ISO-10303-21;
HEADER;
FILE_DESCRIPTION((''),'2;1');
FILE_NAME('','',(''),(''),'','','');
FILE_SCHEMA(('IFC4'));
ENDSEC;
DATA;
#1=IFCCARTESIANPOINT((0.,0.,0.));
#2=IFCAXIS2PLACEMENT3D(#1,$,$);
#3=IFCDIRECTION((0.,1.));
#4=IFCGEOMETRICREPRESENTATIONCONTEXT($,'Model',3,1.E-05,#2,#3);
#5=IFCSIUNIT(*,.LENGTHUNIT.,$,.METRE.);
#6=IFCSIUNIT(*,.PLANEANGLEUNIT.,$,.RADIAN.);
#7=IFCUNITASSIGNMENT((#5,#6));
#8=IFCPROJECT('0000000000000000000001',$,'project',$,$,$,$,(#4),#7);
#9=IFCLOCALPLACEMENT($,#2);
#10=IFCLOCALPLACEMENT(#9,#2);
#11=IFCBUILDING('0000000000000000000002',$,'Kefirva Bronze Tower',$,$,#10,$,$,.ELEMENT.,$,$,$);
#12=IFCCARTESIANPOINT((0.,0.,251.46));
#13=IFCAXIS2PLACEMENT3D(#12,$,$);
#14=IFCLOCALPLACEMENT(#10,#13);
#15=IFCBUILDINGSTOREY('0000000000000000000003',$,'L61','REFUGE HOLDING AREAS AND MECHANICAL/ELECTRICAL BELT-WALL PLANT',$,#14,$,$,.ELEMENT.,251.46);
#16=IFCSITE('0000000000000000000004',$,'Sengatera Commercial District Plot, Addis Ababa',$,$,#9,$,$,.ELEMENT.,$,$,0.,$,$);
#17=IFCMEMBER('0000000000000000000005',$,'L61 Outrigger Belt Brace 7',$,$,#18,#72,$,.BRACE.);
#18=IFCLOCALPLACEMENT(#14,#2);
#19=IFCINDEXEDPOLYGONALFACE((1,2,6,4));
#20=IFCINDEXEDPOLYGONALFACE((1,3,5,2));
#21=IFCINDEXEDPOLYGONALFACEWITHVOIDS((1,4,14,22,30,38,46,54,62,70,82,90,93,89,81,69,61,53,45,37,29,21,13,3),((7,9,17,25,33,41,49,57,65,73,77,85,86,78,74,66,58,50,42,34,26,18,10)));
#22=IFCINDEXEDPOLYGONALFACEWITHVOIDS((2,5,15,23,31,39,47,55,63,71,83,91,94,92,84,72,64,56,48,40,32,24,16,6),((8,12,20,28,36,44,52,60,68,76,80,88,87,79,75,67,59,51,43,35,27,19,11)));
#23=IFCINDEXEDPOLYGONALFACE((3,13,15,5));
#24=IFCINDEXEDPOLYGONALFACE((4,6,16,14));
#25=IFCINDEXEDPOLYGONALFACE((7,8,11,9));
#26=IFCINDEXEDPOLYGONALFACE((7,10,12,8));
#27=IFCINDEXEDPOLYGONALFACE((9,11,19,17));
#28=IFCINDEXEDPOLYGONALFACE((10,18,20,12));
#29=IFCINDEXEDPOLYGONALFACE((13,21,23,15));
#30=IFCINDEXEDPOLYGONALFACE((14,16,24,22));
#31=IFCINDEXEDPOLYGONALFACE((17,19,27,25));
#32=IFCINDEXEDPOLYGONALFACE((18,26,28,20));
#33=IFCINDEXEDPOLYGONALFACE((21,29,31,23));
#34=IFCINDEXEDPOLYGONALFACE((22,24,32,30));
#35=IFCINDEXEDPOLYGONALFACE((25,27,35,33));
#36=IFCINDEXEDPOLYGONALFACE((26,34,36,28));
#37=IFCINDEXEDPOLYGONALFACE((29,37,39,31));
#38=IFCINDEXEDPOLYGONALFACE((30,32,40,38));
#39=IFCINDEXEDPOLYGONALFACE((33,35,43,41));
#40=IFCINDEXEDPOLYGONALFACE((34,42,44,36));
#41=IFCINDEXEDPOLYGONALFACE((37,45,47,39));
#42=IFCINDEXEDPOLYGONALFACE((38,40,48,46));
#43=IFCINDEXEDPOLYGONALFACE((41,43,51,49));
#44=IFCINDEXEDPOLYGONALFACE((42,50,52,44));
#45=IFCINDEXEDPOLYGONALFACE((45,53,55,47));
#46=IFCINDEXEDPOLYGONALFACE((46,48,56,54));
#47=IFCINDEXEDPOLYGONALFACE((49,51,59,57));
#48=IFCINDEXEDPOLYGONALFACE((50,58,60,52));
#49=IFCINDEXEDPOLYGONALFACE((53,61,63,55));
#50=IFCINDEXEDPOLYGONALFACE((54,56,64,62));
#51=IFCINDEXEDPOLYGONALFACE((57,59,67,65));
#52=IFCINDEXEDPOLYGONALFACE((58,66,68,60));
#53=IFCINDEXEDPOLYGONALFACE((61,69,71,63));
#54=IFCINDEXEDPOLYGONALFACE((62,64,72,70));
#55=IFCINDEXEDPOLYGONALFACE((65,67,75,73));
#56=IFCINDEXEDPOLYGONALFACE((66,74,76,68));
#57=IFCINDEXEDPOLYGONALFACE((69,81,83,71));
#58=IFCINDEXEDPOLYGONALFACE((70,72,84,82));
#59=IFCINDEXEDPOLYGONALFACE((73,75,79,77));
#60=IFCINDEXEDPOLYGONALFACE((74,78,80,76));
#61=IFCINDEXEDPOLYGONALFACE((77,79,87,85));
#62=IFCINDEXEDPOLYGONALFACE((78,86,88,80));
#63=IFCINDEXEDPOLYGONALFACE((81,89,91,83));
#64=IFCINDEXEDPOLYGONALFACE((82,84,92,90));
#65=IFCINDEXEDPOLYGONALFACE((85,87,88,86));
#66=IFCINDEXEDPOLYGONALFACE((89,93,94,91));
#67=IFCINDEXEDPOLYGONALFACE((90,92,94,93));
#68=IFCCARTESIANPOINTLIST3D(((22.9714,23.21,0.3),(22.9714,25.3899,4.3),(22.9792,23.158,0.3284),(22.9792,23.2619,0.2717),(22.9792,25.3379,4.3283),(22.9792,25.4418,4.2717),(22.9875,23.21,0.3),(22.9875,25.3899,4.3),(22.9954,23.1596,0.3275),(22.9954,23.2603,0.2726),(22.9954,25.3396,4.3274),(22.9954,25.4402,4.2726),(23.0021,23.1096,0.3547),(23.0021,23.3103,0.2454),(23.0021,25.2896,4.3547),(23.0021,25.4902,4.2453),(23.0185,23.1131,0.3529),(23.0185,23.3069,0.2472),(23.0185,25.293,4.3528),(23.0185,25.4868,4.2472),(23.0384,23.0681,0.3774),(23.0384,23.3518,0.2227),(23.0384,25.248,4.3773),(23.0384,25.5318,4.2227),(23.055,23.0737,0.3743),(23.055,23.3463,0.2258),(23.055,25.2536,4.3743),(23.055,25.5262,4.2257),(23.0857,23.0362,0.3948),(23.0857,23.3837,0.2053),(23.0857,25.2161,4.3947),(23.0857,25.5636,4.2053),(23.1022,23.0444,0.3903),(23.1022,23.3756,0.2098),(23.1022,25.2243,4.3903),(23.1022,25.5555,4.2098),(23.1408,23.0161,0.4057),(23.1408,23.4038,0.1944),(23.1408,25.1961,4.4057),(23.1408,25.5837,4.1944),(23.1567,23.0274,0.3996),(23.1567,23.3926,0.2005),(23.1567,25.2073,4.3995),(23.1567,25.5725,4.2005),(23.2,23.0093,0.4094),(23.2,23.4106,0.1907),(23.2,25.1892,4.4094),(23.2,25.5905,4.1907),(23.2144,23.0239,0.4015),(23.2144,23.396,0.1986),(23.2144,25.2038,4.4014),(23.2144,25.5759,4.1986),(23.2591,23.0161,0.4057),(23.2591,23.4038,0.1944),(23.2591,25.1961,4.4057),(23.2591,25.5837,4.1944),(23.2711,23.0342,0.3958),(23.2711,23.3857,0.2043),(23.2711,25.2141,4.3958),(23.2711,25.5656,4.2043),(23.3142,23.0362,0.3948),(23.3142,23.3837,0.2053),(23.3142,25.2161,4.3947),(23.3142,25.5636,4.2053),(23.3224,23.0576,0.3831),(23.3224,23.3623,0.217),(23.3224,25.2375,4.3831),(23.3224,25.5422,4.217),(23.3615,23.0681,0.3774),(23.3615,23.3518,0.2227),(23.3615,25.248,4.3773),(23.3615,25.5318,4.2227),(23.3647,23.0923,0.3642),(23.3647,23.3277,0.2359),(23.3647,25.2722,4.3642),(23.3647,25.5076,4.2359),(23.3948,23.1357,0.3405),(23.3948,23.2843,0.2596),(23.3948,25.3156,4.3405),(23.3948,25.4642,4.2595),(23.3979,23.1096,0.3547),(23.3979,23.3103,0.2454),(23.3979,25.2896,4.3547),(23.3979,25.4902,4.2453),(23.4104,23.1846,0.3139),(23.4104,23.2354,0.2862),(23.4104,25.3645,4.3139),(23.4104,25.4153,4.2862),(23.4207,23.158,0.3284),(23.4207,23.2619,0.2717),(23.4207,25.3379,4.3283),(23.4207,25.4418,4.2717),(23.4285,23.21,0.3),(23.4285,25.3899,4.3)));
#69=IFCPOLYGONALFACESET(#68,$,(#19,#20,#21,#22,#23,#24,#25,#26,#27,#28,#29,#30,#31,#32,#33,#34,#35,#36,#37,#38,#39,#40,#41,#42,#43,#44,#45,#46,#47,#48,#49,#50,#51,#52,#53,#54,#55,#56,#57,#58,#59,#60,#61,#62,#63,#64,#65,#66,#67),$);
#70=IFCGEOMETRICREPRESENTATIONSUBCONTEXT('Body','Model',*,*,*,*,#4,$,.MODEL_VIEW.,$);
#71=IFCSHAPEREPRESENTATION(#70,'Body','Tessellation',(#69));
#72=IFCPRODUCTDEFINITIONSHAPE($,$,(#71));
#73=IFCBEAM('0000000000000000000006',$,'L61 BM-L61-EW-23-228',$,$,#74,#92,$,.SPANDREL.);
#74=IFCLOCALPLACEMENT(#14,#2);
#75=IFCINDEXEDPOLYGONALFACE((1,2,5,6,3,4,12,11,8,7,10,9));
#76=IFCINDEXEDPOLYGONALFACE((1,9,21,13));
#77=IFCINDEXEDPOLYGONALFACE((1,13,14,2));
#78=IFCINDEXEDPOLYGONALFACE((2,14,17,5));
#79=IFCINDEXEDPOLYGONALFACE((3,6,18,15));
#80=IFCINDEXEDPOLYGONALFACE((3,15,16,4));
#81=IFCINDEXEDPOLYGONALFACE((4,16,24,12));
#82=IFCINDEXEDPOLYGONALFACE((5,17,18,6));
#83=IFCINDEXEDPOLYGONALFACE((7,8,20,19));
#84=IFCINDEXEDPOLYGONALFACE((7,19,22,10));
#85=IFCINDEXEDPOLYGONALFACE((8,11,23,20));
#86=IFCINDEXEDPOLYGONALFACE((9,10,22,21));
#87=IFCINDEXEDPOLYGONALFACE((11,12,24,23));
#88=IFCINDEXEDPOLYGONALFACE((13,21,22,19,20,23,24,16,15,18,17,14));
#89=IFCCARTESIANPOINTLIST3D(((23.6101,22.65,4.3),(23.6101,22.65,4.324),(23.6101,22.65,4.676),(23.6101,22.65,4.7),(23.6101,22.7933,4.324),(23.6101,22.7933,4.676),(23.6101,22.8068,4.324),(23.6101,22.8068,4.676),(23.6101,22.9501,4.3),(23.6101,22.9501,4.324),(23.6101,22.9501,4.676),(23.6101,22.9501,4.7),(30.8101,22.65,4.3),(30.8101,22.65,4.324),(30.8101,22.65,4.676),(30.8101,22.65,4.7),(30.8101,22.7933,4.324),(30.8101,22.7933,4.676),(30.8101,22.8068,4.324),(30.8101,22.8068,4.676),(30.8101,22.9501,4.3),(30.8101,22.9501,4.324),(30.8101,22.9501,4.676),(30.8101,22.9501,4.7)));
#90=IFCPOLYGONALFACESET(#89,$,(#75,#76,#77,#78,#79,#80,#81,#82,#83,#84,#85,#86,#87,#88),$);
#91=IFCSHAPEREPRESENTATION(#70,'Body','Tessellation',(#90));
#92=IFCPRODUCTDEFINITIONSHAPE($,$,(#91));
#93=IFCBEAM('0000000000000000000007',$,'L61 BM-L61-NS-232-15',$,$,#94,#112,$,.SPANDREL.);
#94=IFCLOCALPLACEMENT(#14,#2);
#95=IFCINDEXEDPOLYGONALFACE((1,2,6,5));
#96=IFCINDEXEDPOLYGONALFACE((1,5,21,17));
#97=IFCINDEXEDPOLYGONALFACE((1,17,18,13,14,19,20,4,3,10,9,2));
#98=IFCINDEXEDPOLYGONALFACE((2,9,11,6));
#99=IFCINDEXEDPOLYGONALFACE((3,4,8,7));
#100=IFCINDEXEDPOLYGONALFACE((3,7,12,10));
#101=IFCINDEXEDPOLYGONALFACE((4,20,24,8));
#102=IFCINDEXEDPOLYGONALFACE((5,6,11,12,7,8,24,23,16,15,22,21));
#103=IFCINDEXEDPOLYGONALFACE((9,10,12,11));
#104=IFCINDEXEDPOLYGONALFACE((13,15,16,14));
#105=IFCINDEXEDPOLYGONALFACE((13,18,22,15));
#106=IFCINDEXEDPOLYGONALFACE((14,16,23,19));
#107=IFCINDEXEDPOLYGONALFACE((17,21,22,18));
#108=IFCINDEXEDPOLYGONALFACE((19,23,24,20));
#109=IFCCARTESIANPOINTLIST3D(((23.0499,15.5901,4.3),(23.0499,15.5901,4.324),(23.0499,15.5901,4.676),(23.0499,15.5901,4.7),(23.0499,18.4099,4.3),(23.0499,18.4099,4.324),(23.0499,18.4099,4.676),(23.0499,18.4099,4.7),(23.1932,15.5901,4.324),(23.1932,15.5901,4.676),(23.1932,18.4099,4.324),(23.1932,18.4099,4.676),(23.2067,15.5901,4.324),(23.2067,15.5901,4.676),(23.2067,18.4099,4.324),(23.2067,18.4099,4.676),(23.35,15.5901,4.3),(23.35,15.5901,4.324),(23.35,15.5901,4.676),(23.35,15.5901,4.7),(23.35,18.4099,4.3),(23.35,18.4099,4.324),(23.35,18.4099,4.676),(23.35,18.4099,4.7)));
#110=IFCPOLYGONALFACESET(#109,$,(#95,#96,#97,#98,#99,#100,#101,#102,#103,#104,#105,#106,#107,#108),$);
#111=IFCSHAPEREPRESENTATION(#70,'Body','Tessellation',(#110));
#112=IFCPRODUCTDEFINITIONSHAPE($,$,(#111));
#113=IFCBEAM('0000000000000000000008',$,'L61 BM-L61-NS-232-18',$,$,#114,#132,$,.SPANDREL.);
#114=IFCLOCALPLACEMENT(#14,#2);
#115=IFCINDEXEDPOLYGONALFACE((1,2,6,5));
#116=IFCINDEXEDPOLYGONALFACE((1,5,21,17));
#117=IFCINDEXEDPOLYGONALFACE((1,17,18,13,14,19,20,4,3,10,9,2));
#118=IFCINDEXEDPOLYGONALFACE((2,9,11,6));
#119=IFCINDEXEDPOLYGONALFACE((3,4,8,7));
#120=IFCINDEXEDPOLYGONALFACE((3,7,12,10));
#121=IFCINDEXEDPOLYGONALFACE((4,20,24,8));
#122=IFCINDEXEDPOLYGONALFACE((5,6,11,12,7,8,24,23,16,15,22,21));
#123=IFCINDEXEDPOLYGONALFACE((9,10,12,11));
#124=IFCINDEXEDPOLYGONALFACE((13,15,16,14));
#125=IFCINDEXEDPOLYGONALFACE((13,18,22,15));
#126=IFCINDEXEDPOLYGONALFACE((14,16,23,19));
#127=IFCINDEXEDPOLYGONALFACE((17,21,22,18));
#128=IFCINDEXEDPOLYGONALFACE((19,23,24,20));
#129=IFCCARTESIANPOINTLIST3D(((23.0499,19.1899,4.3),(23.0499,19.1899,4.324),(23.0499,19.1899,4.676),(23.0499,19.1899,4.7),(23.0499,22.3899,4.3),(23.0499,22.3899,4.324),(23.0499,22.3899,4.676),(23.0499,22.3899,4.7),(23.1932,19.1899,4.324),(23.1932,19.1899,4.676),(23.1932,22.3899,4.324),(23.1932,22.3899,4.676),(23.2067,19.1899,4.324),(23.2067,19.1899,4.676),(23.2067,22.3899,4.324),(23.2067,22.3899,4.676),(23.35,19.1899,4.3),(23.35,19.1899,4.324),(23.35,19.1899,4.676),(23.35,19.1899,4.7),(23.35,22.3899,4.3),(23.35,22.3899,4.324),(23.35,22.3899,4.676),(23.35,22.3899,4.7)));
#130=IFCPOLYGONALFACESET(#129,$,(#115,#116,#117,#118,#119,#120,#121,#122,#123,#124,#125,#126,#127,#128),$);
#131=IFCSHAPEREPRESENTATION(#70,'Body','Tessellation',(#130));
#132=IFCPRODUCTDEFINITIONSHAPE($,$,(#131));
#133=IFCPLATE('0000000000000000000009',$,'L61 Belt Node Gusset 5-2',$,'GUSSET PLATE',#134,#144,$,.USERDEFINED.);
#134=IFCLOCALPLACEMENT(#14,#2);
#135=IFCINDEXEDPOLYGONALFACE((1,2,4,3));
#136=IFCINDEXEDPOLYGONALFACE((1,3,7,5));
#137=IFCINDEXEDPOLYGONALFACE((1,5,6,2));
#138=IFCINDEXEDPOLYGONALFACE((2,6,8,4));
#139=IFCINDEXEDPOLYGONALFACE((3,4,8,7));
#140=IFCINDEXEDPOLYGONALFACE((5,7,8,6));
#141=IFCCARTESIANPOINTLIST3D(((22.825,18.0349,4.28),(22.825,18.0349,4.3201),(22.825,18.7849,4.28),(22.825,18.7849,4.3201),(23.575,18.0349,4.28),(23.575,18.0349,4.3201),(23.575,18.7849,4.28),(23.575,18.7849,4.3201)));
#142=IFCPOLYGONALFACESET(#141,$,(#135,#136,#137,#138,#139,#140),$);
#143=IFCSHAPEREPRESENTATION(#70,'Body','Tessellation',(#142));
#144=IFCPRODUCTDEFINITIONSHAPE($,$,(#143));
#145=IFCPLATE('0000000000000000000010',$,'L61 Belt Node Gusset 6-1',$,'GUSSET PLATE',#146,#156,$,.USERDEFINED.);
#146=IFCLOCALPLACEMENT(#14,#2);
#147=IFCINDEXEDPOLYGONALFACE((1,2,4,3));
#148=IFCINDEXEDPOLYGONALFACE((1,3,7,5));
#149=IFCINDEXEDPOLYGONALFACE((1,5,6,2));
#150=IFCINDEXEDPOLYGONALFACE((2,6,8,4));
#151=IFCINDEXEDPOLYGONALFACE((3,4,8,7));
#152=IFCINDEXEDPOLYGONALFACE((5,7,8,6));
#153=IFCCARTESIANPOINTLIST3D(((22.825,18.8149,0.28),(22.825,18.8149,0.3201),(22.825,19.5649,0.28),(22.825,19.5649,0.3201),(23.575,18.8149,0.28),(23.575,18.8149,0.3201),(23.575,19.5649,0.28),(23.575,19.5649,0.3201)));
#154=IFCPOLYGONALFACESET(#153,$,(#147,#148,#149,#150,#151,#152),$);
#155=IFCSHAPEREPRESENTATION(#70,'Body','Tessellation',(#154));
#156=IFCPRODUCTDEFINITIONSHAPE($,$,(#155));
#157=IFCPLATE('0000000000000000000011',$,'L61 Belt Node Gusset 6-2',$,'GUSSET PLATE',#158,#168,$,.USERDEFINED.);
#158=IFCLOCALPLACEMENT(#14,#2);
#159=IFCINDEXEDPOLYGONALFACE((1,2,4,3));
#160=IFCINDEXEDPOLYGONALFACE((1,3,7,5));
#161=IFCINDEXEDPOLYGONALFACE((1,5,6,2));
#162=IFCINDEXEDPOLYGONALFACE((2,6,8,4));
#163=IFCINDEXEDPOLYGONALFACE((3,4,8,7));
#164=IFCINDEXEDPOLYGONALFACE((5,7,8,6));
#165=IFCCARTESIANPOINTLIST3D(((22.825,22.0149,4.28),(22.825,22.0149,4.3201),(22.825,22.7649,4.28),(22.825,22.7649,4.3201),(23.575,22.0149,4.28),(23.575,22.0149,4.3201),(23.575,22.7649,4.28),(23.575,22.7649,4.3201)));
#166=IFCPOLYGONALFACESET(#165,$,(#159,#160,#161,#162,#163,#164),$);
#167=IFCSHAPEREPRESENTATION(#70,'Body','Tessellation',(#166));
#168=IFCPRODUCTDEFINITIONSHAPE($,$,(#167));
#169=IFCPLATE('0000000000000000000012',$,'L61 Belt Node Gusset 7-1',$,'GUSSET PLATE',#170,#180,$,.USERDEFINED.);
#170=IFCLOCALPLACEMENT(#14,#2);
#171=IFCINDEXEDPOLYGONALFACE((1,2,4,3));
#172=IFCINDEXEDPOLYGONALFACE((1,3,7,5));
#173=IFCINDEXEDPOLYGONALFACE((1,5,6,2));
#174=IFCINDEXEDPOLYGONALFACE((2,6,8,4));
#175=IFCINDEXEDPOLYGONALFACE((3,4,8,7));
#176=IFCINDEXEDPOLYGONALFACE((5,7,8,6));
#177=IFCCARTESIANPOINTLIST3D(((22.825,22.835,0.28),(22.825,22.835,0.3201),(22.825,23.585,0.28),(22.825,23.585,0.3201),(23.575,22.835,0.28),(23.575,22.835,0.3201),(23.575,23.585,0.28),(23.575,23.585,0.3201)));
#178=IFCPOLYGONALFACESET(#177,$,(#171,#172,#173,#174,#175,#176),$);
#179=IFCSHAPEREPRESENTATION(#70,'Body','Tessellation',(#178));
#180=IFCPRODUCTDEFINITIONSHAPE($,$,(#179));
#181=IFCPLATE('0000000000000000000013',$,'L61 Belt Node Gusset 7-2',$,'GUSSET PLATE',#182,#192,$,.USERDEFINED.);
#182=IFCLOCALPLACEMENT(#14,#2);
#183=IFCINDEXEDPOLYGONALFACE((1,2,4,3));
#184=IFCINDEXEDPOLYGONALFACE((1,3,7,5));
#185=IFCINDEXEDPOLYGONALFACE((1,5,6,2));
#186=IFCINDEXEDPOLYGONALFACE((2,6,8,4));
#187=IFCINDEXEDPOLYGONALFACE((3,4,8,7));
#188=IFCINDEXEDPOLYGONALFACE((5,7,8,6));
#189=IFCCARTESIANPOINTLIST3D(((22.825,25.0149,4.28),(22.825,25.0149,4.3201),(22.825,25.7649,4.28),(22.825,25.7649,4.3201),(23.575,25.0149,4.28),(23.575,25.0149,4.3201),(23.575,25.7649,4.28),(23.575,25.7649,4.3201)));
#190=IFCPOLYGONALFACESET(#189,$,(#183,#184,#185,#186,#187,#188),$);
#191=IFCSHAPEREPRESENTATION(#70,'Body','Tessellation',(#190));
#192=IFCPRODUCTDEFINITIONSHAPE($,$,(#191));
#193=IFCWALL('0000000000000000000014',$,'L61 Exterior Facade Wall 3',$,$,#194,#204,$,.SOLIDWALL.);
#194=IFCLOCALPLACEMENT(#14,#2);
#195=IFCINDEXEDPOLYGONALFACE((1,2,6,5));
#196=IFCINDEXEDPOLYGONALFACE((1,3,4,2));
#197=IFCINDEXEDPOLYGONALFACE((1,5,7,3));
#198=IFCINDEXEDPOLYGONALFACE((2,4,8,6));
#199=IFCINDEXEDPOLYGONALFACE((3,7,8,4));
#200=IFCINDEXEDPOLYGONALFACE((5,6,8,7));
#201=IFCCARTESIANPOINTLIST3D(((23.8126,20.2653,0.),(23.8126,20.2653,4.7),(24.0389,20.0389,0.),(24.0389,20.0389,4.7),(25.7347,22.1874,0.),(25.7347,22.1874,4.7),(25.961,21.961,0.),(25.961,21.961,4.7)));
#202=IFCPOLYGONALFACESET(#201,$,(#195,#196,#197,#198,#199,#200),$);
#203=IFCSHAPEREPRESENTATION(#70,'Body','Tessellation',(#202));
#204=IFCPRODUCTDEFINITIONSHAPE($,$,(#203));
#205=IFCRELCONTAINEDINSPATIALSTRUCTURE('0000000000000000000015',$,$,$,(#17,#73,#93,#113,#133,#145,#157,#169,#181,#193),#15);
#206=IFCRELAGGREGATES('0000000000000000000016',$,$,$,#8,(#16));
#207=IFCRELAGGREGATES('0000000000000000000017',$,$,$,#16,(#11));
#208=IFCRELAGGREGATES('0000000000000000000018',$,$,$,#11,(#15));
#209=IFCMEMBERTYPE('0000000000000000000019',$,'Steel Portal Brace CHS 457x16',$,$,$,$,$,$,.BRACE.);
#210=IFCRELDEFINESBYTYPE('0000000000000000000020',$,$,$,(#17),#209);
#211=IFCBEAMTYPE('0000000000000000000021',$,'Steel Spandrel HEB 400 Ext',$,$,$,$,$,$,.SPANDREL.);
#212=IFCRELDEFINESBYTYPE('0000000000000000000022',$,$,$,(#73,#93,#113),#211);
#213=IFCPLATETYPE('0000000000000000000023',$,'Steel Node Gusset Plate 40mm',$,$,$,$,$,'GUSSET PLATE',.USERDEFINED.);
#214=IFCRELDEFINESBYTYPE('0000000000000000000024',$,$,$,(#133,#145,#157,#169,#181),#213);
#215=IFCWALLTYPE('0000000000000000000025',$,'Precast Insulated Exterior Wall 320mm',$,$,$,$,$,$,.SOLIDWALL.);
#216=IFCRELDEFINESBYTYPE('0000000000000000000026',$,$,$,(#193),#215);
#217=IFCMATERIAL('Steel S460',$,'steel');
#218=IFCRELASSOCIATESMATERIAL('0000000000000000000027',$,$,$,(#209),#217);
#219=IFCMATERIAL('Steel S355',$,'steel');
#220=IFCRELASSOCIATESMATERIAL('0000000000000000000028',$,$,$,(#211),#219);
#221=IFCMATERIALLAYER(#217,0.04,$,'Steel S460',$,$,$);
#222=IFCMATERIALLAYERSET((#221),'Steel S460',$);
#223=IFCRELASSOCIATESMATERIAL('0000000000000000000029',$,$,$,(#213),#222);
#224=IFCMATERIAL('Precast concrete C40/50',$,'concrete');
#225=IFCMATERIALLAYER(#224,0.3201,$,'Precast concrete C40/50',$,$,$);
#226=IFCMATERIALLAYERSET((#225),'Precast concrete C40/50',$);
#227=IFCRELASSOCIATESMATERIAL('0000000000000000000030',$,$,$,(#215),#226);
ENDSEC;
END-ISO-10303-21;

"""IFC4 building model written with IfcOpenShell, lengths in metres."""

from ifc_helpers import new_model, si_unit, direction, frame, frame_2d, origin, origin_2d, place, context, subcontext, project, spatial, rectangle, hollow_circle, i_section, extrude, material, layer, layer_set, material_profile, profile_set, type_object, element, save


model = new_model("IFC4")

# Units and contexts
model_context = context("Model", 3, precision=1e-05, world=origin(), true_north=direction((0.0, 1.0)))
body_context = subcontext(model_context, "Body", "Model", "MODEL_VIEW")
ifc_project = project(units=[si_unit("LENGTHUNIT", "METRE"), si_unit("PLANEANGLEUNIT", "RADIAN")], contexts=[model_context])

# Site, building, storey
site_placement = place(None, origin())
site = spatial("IfcSite", under=ifc_project, at=site_placement, Name="Sengatera Commercial District Plot, Addis Ababa", CompositionType="ELEMENT", RefElevation=0.0)
building_placement = place(site_placement, origin())
building = spatial("IfcBuilding", under=site, at=building_placement, Name="Kefirva Bronze Tower", CompositionType="ELEMENT")
storey_placement = place(building_placement, frame((0.0, 0.0, 251.46)))
storey = spatial("IfcBuildingStorey", under=building, at=storey_placement, Name="L61", Description="REFUGE HOLDING AREAS AND MECHANICAL/ELECTRICAL BELT-WALL PLANT", CompositionType="ELEMENT", Elevation=251.46)

# Shared definitions
ifc_material_1 = material(Name="Steel S355", Category="steel")

# Member
ifc_material_2 = material(Name="Steel S460", Category="steel")
ifc_material_profile_1 = material_profile(ifc_material_2, hollow_circle(Radius=0.2285, WallThickness=0.0161, at=origin_2d()), Name="CHS 457x16")
ifc_profile_set_1 = profile_set([ifc_material_profile_1], Name="Steel S460")
member_type = type_object("IfcMemberType", Name="Steel Portal Brace CHS 457x16", PredefinedType="BRACE", material=ifc_profile_set_1)
member_1_placement = place(storey_placement, frame((23.2, 23.21, 0.3), z_axis=(0.0, 0.478533, 0.87807), x_axis=(-1.0, 0.0, 0.0)))
element("IfcMember", 1, at=member_1_placement, inside=storey, type_object=member_type, Name="L61 Outrigger Belt Brace 7", PredefinedType="BRACE", context=body_context, shape_type="SweptSolid", body=[
    extrude(hollow_circle(Radius=0.2285, WallThickness=0.0161, at=origin_2d()), origin(), (0.0, 0.0, 1.0), 4.5554),
])

# Beams
ifc_material_profile_2 = material_profile(ifc_material_1, i_section(OverallWidth=0.3, OverallDepth=0.3999, WebThickness=0.0134, FlangeThickness=0.0239, at=origin_2d()), Name="HEB 400")
ifc_profile_set_2 = profile_set([ifc_material_profile_2], Name="Steel S355")
beam_type_1 = type_object("IfcBeamType", Name="Steel Spandrel HEB 400 Ext", PredefinedType="SPANDREL", material=ifc_profile_set_2)
beam_1_placement = place(storey_placement, frame((23.6101, 22.8, 4.5), z_axis=(1.0, 0.0, 0.0), x_axis=(0.0, 1.0, 0.0)))
element("IfcBeam", 2, at=beam_1_placement, inside=storey, type_object=beam_type_1, Name="L61 BM-L61-EW-23-228", PredefinedType="SPANDREL", context=body_context, shape_type="SweptSolid", body=[
    extrude(i_section(OverallWidth=0.3, OverallDepth=0.3999, WebThickness=0.0134, FlangeThickness=0.0239, at=origin_2d()), origin(), (0.0, 0.0, 1.0), 7.2),
])
beam_2_placement = place(storey_placement, frame((23.2, 15.5901, 4.5), z_axis=(0.0, 1.0, 0.0), x_axis=(-1.0, 0.0, 0.0)))
element("IfcBeam", 3, at=beam_2_placement, inside=storey, type_object=beam_type_1, Name="L61 BM-L61-NS-232-15", PredefinedType="SPANDREL", context=body_context, shape_type="SweptSolid", body=[
    extrude(i_section(OverallWidth=0.3, OverallDepth=0.3999, WebThickness=0.0134, FlangeThickness=0.0239, at=origin_2d()), origin(), (0.0, 0.0, 1.0), 2.8198),
])
beam_3_placement = place(storey_placement, frame((23.2, 19.1899, 4.5), z_axis=(0.0, 1.0, 0.0), x_axis=(-1.0, 0.0, 0.0)))
element("IfcBeam", 4, at=beam_3_placement, inside=storey, type_object=beam_type_1, Name="L61 BM-L61-NS-232-18", PredefinedType="SPANDREL", context=body_context, shape_type="SweptSolid", body=[
    extrude(i_section(OverallWidth=0.3, OverallDepth=0.3999, WebThickness=0.0134, FlangeThickness=0.0239, at=origin_2d()), origin(), (0.0, 0.0, 1.0), 3.2),
])

# Plates
ifc_layer_1 = layer(ifc_material_2, 0.04, Name="Steel S460")
ifc_layer_set_1 = layer_set([ifc_layer_1], Name="Steel S460")
plate_type = type_object("IfcPlateType", Name="Steel Node Gusset Plate 40mm", ElementType="GUSSET PLATE", PredefinedType="USERDEFINED", material=ifc_layer_set_1)
for number, where, z_axis, x_axis, name in (
    (5, (23.2, 18.4099, 4.28), (0.0, 0.0, 1.0), (1.0, 0.0, 0.0), "L61 Belt Node Gusset 5-2"),
    (6, (23.2, 19.1899, 0.28), (0.0, 0.0, 1.0), (1.0, 0.0, 0.0), "L61 Belt Node Gusset 6-1"),
    (7, (23.2, 22.3899, 4.28), (0.0, 0.0, 1.0), (1.0, 0.0, 0.0), "L61 Belt Node Gusset 6-2"),
    (8, (23.2, 23.21, 0.28), (0.0, 0.0, 1.0), (1.0, 0.0, 0.0), "L61 Belt Node Gusset 7-1"),
    (9, (23.2, 25.3899, 4.28), (0.0, 0.0, 1.0), (1.0, 0.0, 0.0), "L61 Belt Node Gusset 7-2"),
):
    element("IfcPlate", number, at=place(storey_placement, frame(where, z_axis=z_axis, x_axis=x_axis)), inside=storey, type_object=plate_type, Name=name, ObjectType="GUSSET PLATE", PredefinedType="USERDEFINED", context=body_context, shape_type="SweptSolid", body=[
        extrude(rectangle(XDim=0.75, YDim=0.75, at=origin_2d()), origin(), (0.0, 0.0, 1.0), 0.04),
    ])

# Wall
ifc_material_3 = material(Name="Precast concrete C40/50", Category="concrete")
ifc_layer_2 = layer(ifc_material_3, 0.3201, Name="Precast concrete C40/50")
ifc_layer_set_2 = layer_set([ifc_layer_2], Name="Precast concrete C40/50")
wall_type_1 = type_object("IfcWallType", Name="Precast Insulated Exterior Wall 320mm", PredefinedType="SOLIDWALL", material=ifc_layer_set_2)
wall_1_placement = place(storey_placement, frame((23.9258, 20.1521, 0.0), z_axis=(0.0, 0.0, 1.0), x_axis=(0.707107, 0.707107, 0.0)))
element("IfcWall", 10, at=wall_1_placement, inside=storey, type_object=wall_type_1, Name="L61 Exterior Facade Wall 3", PredefinedType="SOLIDWALL", context=body_context, shape_type="SweptSolid", body=[
    extrude(rectangle(XDim=2.7183, YDim=0.3201, at=frame_2d((1.3591, 0.0))), origin(), (0.0, 0.0, 1.0), 4.7),
])

save(model, "model.ifc")
